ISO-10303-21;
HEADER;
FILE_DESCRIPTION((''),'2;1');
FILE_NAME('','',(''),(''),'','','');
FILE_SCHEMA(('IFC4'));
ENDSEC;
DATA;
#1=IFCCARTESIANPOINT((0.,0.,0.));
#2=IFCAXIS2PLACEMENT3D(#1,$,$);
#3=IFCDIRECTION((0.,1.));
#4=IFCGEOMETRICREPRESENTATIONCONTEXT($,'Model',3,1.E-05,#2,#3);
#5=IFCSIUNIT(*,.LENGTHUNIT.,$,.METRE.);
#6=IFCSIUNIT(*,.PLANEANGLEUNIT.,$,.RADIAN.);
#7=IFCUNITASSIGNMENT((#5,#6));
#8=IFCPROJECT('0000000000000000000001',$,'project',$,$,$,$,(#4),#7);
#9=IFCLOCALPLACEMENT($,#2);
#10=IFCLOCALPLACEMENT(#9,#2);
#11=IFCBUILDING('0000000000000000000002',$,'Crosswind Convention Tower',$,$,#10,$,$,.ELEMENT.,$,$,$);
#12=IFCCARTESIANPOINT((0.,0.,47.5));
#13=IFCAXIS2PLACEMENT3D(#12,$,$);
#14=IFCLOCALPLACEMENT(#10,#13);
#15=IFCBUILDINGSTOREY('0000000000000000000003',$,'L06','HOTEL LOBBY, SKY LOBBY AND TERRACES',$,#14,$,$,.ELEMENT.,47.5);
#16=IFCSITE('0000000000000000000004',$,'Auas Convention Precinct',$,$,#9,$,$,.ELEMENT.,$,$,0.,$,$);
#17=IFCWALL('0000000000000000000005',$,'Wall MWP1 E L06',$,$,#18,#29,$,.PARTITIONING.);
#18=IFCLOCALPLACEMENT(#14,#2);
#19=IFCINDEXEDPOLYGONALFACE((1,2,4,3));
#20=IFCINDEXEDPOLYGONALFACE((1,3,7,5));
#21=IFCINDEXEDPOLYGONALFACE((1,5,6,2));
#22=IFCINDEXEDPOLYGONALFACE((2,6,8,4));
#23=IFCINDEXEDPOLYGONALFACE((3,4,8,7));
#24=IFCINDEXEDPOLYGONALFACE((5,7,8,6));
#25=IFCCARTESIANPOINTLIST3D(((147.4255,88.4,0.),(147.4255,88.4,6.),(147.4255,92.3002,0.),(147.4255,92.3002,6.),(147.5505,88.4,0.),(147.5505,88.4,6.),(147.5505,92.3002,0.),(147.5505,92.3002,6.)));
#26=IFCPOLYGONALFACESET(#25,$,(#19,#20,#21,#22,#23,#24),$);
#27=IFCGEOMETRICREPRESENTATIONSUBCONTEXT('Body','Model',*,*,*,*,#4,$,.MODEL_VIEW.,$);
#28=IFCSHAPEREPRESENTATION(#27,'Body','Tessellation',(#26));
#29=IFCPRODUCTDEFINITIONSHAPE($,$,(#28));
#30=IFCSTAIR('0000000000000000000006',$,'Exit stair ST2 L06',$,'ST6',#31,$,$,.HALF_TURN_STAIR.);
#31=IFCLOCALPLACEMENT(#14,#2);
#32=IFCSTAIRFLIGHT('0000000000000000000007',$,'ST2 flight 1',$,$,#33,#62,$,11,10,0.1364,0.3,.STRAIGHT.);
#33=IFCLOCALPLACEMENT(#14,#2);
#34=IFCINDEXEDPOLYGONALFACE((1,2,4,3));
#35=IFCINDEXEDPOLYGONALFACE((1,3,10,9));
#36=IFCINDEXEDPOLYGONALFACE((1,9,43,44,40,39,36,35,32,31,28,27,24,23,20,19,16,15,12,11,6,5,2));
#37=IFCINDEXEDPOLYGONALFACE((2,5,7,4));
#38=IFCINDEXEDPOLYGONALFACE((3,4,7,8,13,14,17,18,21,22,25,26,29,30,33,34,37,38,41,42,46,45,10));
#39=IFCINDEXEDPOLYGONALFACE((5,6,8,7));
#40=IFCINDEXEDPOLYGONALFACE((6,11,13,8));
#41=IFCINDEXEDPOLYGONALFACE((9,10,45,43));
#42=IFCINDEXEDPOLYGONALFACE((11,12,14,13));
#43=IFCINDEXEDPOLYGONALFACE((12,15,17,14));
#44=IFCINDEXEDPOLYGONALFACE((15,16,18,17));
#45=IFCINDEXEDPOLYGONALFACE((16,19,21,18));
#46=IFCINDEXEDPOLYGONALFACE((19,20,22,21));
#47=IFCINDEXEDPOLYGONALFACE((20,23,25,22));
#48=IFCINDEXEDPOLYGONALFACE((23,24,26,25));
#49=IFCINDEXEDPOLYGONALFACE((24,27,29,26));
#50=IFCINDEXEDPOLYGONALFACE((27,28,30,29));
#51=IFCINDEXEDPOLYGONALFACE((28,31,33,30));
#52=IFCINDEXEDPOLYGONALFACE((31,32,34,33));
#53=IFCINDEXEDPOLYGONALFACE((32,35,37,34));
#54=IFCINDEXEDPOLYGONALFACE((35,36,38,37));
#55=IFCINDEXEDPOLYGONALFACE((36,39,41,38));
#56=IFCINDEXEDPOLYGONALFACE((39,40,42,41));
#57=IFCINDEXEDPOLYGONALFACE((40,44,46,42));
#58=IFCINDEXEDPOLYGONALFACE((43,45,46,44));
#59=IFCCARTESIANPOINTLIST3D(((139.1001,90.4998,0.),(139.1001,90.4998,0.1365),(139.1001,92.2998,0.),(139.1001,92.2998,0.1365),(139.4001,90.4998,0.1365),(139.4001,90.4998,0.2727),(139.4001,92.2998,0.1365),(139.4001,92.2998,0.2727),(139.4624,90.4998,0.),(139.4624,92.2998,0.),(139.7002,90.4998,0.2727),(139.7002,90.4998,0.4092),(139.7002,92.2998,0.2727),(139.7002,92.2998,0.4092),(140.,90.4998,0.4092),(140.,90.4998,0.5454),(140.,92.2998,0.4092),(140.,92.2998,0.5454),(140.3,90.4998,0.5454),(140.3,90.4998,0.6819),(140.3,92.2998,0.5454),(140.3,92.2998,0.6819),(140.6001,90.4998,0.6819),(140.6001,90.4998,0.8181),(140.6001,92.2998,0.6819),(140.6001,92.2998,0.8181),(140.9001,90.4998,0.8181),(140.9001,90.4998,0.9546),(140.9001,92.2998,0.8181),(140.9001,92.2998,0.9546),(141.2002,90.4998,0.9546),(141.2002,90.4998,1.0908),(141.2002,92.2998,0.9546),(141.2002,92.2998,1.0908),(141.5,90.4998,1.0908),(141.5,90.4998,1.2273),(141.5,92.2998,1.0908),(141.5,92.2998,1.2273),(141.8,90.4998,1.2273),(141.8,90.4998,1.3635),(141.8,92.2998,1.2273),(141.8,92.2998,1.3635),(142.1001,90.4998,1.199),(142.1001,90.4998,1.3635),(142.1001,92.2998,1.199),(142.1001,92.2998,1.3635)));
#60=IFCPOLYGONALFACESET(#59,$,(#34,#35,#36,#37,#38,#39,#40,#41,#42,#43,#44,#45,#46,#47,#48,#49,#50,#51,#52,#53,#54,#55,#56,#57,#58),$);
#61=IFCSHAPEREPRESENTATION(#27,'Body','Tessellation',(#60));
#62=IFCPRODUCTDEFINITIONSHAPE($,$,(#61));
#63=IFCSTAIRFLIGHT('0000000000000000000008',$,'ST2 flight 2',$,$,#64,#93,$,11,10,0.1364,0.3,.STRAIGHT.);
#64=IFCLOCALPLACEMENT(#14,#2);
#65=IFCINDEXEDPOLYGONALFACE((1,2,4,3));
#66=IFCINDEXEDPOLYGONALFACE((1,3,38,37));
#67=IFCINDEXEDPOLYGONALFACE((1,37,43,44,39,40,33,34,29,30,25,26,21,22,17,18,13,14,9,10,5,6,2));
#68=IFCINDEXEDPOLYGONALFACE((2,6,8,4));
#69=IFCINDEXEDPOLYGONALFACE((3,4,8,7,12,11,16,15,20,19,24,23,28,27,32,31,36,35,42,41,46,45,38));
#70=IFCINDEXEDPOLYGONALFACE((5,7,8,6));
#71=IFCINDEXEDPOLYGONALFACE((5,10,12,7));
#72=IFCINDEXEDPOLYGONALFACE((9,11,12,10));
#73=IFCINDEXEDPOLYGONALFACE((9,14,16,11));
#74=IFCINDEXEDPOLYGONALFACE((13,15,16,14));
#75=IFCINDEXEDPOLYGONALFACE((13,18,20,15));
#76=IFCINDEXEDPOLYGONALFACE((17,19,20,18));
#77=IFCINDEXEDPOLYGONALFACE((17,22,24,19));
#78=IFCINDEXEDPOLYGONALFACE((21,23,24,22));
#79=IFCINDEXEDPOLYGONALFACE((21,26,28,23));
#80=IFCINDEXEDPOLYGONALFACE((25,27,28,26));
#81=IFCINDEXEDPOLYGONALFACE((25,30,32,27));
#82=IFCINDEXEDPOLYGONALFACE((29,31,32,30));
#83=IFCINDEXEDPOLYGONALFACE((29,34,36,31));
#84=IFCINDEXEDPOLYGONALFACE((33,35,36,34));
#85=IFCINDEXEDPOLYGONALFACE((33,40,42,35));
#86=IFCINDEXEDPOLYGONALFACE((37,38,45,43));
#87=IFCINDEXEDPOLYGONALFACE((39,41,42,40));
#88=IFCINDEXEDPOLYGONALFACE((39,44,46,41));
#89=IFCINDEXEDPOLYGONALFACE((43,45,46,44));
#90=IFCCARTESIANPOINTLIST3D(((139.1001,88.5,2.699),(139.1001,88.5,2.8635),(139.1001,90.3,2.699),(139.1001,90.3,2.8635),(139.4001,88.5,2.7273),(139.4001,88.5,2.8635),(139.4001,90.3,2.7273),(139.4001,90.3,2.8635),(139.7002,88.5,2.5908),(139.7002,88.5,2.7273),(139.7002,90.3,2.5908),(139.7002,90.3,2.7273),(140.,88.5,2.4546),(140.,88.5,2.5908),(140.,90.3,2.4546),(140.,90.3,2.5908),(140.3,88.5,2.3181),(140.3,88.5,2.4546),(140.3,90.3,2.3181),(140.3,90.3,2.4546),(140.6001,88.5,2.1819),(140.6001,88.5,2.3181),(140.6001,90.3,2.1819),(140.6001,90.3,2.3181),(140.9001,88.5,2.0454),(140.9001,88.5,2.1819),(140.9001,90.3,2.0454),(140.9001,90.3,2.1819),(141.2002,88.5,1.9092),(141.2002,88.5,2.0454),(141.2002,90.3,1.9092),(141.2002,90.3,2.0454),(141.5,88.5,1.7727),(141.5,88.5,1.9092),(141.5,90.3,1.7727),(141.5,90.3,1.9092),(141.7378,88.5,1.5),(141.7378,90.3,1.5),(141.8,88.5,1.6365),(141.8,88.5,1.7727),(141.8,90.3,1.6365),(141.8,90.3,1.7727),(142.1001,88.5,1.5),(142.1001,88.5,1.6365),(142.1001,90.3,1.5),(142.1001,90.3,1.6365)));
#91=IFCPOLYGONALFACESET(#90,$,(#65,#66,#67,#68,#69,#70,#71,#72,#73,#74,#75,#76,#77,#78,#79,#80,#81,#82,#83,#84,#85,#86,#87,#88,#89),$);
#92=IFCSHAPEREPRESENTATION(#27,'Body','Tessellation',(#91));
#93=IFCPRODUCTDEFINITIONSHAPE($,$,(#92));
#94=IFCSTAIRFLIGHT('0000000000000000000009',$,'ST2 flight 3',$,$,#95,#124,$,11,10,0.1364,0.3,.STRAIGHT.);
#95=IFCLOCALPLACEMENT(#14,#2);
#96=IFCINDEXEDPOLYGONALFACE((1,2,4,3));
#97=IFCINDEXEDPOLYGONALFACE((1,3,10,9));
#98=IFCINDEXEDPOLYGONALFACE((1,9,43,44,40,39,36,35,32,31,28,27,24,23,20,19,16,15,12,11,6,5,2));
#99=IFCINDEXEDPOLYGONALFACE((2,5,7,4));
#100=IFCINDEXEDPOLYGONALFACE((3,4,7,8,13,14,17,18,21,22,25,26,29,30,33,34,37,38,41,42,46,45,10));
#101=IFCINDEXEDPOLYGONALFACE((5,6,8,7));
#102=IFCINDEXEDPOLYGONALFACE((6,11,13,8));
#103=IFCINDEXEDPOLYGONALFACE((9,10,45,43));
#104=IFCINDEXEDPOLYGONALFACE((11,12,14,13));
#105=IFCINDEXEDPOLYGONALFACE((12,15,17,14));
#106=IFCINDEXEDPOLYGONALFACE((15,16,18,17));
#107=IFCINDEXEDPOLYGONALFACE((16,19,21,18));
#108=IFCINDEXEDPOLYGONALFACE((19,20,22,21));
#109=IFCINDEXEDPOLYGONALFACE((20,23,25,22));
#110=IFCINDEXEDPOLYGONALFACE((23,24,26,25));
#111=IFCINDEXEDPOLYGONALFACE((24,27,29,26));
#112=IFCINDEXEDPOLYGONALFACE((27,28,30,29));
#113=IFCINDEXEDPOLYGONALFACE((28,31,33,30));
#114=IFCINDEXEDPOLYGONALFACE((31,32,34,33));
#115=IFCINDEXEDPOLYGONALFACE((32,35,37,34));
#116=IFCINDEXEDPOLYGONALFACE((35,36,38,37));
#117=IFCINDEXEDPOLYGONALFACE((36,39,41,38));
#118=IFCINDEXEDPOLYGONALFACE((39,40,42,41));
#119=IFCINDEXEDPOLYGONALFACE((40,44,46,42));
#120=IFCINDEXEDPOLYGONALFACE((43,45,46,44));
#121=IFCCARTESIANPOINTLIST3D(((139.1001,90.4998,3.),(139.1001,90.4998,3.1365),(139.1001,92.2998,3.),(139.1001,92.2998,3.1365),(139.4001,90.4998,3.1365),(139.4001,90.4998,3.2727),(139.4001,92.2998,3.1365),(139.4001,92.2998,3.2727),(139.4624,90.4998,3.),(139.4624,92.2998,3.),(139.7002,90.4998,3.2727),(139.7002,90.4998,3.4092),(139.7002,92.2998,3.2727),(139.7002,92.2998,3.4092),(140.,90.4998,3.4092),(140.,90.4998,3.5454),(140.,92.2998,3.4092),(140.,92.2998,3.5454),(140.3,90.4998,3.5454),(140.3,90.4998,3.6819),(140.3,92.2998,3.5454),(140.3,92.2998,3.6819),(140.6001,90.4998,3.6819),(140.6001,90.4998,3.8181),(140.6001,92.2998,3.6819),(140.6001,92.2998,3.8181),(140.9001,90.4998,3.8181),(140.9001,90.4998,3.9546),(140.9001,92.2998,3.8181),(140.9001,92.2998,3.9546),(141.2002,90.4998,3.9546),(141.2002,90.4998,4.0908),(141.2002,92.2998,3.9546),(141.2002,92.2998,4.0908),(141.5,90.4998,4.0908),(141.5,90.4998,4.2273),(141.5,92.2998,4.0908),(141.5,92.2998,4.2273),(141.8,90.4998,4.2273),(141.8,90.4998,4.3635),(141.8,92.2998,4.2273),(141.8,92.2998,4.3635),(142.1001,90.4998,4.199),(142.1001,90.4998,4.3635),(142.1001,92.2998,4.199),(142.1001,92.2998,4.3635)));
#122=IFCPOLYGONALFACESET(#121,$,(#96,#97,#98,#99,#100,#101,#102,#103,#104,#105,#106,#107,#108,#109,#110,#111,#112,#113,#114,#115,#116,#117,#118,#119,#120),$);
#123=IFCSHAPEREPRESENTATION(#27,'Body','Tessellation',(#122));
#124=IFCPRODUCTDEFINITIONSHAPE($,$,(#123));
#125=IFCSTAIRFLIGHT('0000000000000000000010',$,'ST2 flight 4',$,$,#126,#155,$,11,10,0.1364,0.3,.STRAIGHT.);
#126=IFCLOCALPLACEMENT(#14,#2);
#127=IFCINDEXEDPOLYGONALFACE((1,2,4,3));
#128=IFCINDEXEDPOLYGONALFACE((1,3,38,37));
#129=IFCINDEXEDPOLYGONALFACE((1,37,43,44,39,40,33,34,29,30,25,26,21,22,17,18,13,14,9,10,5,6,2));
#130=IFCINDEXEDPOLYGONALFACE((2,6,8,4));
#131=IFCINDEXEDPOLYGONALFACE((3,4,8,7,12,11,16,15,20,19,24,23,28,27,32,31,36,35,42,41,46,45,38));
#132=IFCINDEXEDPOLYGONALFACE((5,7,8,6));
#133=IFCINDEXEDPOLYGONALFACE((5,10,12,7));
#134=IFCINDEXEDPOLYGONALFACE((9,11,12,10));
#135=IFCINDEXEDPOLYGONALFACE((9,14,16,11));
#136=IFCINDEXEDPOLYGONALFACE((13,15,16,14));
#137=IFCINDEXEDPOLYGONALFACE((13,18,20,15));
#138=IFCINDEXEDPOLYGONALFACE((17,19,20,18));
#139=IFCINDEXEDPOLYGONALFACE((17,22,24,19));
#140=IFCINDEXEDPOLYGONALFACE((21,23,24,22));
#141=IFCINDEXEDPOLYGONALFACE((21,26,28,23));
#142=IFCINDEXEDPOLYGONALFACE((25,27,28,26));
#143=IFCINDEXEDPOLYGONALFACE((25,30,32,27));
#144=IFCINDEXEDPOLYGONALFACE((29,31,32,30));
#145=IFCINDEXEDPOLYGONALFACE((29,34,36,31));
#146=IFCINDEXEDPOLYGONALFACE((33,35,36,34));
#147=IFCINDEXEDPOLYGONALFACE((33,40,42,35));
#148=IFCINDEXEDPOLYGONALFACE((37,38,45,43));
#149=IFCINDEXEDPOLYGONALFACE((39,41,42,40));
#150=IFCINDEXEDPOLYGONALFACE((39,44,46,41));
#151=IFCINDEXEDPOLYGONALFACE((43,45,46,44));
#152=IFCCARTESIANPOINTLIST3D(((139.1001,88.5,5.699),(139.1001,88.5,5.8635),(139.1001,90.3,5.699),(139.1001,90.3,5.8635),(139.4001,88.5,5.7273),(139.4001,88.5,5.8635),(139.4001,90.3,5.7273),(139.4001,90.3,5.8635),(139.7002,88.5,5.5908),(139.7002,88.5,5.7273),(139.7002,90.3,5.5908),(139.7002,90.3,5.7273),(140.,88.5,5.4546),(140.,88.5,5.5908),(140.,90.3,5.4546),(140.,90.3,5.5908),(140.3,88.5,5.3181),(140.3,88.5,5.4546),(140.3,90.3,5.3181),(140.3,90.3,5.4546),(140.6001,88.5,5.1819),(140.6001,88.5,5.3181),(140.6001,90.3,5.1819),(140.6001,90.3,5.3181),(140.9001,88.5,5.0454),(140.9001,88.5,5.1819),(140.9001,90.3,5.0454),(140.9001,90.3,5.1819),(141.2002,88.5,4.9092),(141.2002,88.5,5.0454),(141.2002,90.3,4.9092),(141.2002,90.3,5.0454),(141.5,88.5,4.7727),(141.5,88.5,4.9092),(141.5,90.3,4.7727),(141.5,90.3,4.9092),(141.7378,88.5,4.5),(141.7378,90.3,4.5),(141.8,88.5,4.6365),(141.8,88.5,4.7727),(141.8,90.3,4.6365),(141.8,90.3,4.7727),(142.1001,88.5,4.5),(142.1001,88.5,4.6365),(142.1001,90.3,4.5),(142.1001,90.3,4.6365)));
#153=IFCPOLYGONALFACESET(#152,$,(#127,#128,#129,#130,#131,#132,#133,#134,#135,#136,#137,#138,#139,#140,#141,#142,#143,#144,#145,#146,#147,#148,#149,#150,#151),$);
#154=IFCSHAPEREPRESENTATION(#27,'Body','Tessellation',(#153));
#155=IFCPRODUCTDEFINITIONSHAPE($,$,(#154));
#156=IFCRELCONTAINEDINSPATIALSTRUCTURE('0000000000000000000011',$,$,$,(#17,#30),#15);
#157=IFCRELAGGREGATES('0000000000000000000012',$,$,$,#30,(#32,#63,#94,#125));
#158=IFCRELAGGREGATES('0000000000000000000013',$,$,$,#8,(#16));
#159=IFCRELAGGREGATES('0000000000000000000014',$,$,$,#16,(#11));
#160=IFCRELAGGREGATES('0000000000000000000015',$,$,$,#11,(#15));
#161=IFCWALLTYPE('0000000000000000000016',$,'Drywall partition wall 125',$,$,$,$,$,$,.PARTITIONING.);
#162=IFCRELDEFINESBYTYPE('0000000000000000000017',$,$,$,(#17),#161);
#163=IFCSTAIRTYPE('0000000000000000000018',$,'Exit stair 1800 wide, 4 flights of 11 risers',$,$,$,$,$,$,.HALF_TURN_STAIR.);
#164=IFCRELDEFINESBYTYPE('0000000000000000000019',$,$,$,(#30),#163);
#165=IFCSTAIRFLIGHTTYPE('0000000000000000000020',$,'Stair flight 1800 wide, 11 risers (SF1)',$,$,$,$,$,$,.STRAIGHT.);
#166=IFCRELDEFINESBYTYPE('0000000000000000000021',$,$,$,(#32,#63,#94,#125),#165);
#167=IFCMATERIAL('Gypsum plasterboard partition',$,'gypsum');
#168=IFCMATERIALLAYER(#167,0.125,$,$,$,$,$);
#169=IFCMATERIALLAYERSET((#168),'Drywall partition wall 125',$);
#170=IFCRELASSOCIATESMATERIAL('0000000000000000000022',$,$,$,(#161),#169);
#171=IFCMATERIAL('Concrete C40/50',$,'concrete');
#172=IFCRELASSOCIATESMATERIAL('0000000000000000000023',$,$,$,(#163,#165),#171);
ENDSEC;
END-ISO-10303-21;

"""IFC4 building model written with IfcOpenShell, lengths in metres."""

from ifc_helpers import new_model, si_unit, direction, frame, frame_2d, origin, place, context, subcontext, project, spatial, polyline, rectangle, outline, extrude, material, layer, layer_set, type_object, element, aggregate, save


model = new_model("IFC4")

# Units and contexts
model_context = context("Model", 3, precision=1e-05, world=origin(), true_north=direction((0.0, 1.0)))
body_context = subcontext(model_context, "Body", "Model", "MODEL_VIEW")
ifc_project = project(units=[si_unit("LENGTHUNIT", "METRE"), si_unit("PLANEANGLEUNIT", "RADIAN")], contexts=[model_context])

# Site, building, storey
site_placement = place(None, origin())
site = spatial("IfcSite", under=ifc_project, at=site_placement, Name="Auas Convention Precinct", CompositionType="ELEMENT", RefElevation=0.0)
building_placement = place(site_placement, origin())
building = spatial("IfcBuilding", under=site, at=building_placement, Name="Crosswind Convention Tower", CompositionType="ELEMENT")
storey_placement = place(building_placement, frame((0.0, 0.0, 47.5)))
storey = spatial("IfcBuildingStorey", under=building, at=storey_placement, Name="L06", Description="HOTEL LOBBY, SKY LOBBY AND TERRACES", CompositionType="ELEMENT", Elevation=47.5)

# Wall
ifc_material_1 = material(Name="Gypsum plasterboard partition", Category="gypsum")
ifc_layer_1 = layer(ifc_material_1, 0.125)
ifc_layer_set_1 = layer_set([ifc_layer_1], Name="Drywall partition wall 125")
wall_type_1 = type_object("IfcWallType", Name="Drywall partition wall 125", PredefinedType="PARTITIONING", material=ifc_layer_set_1)
wall_1_placement = place(storey_placement, frame((147.488, 88.3999, 0.0), z_axis=(0.0, 0.0, 1.0), x_axis=(0.0, 1.0, 0.0)))
element("IfcWall", 1, at=wall_1_placement, inside=storey, type_object=wall_type_1, Name="Wall MWP1 E L06", PredefinedType="PARTITIONING", context=body_context, shape_type="SweptSolid", body=[
    extrude(rectangle(XDim=3.9001, YDim=0.125, at=frame_2d((1.9502, 0.0))), origin(), (0.0, 0.0, 1.0), 6.0),
])

# Stair, stair flights
ifc_material_2 = material(Name="Concrete C40/50", Category="concrete")
stair_type = type_object("IfcStairType", Name="Exit stair 1800 wide, 4 flights of 11 risers", PredefinedType="HALF_TURN_STAIR", material=ifc_material_2)
stair_placement = place(storey_placement, origin())
stair = element("IfcStair", 2, at=stair_placement, inside=storey, type_object=stair_type, Name="Exit stair ST2 L06", ObjectType="ST6", PredefinedType="HALF_TURN_STAIR")
stair_flight_type = type_object("IfcStairFlightType", Name="Stair flight 1800 wide, 11 risers (SF1)", PredefinedType="STRAIGHT", material=ifc_material_2)
stair_flight_1_placement = place(storey_placement, frame((139.1001, 91.3999, 0.0), z_axis=(0.0, 0.0, 1.0), x_axis=(1.0, 0.0, 0.0)))
stair_flight_1 = element("IfcStairFlight", 3, at=stair_flight_1_placement, type_object=stair_flight_type, Name="ST2 flight 1", NumberOfRisers=11, NumberOfTreads=10, PredefinedType="STRAIGHT", RiserHeight=0.1364, TreadLength=0.3, context=body_context, shape_type="SweptSolid", body=[
    extrude(outline(polyline([(0.0, 0.0), (0.0, 0.1365), (0.3, 0.1365), (0.3, 0.2727), (0.6001, 0.2727), (0.6001, 0.4092), (0.8999, 0.4092), (0.8999, 0.5454), (1.2, 0.5454), (1.2, 0.6819), (1.5, 0.6819), (1.5, 0.8181), (1.8, 0.8181), (1.8, 0.9546), (2.1001, 0.9546), (2.1001, 1.0908), (2.3999, 1.0908), (2.3999, 1.2273), (2.7, 1.2273), (2.7, 1.3635), (3.0, 1.3635), (3.0, 1.5), (3.0, 1.199), (0.3623, 0.0), (0.0, 0.0)])), frame((0.0, 0.8999, 0.0), z_axis=(0.0, -1.0, 0.0), x_axis=(1.0, 0.0, 0.0)), (0.0, 0.0, 1.0), 1.8),
])
stair_flight_2_placement = place(storey_placement, frame((142.1001, 89.3999, 1.5), z_axis=(0.0, 0.0, 1.0), x_axis=(-1.0, 0.0, 0.0)))
stair_flight_2 = element("IfcStairFlight", 4, at=stair_flight_2_placement, type_object=stair_flight_type, Name="ST2 flight 2", NumberOfRisers=11, NumberOfTreads=10, PredefinedType="STRAIGHT", RiserHeight=0.1364, TreadLength=0.3, context=body_context, shape_type="SweptSolid", body=[
    extrude(outline(polyline([(0.0, 0.0), (0.0, 0.1365), (0.3, 0.1365), (0.3, 0.2727), (0.6001, 0.2727), (0.6001, 0.4092), (0.8999, 0.4092), (0.8999, 0.5454), (1.2, 0.5454), (1.2, 0.6819), (1.5, 0.6819), (1.5, 0.8181), (1.8, 0.8181), (1.8, 0.9546), (2.1001, 0.9546), (2.1001, 1.0908), (2.3999, 1.0908), (2.3999, 1.2273), (2.7, 1.2273), (2.7, 1.3635), (3.0, 1.3635), (3.0, 1.5), (3.0, 1.199), (0.3623, 0.0), (0.0, 0.0)])), frame((0.0, 0.8999, 0.0), z_axis=(0.0, -1.0, 0.0), x_axis=(1.0, 0.0, 0.0)), (0.0, 0.0, 1.0), 1.8),
])
stair_flight_3_placement = place(storey_placement, frame((139.1001, 91.3999, 3.0), z_axis=(0.0, 0.0, 1.0), x_axis=(1.0, 0.0, 0.0)))
stair_flight_3 = element("IfcStairFlight", 5, at=stair_flight_3_placement, type_object=stair_flight_type, Name="ST2 flight 3", NumberOfRisers=11, NumberOfTreads=10, PredefinedType="STRAIGHT", RiserHeight=0.1364, TreadLength=0.3, context=body_context, shape_type="SweptSolid", body=[
    extrude(outline(polyline([(0.0, 0.0), (0.0, 0.1365), (0.3, 0.1365), (0.3, 0.2727), (0.6001, 0.2727), (0.6001, 0.4092), (0.8999, 0.4092), (0.8999, 0.5454), (1.2, 0.5454), (1.2, 0.6819), (1.5, 0.6819), (1.5, 0.8181), (1.8, 0.8181), (1.8, 0.9546), (2.1001, 0.9546), (2.1001, 1.0908), (2.3999, 1.0908), (2.3999, 1.2273), (2.7, 1.2273), (2.7, 1.3635), (3.0, 1.3635), (3.0, 1.5), (3.0, 1.199), (0.3623, 0.0), (0.0, 0.0)])), frame((0.0, 0.8999, 0.0), z_axis=(0.0, -1.0, 0.0), x_axis=(1.0, 0.0, 0.0)), (0.0, 0.0, 1.0), 1.8),
])
stair_flight_4_placement = place(storey_placement, frame((142.1001, 89.3999, 4.5), z_axis=(0.0, 0.0, 1.0), x_axis=(-1.0, 0.0, 0.0)))
stair_flight_4 = element("IfcStairFlight", 6, at=stair_flight_4_placement, type_object=stair_flight_type, Name="ST2 flight 4", NumberOfRisers=11, NumberOfTreads=10, PredefinedType="STRAIGHT", RiserHeight=0.1364, TreadLength=0.3, context=body_context, shape_type="SweptSolid", body=[
    extrude(outline(polyline([(0.0, 0.0), (0.0, 0.1365), (0.3, 0.1365), (0.3, 0.2727), (0.6001, 0.2727), (0.6001, 0.4092), (0.8999, 0.4092), (0.8999, 0.5454), (1.2, 0.5454), (1.2, 0.6819), (1.5, 0.6819), (1.5, 0.8181), (1.8, 0.8181), (1.8, 0.9546), (2.1001, 0.9546), (2.1001, 1.0908), (2.3999, 1.0908), (2.3999, 1.2273), (2.7, 1.2273), (2.7, 1.3635), (3.0, 1.3635), (3.0, 1.5), (3.0, 1.199), (0.3623, 0.0), (0.0, 0.0)])), frame((0.0, 0.8999, 0.0), z_axis=(0.0, -1.0, 0.0), x_axis=(1.0, 0.0, 0.0)), (0.0, 0.0, 1.0), 1.8),
])
aggregate(stair, [stair_flight_1, stair_flight_2, stair_flight_3, stair_flight_4])

save(model, "model.ifc")
